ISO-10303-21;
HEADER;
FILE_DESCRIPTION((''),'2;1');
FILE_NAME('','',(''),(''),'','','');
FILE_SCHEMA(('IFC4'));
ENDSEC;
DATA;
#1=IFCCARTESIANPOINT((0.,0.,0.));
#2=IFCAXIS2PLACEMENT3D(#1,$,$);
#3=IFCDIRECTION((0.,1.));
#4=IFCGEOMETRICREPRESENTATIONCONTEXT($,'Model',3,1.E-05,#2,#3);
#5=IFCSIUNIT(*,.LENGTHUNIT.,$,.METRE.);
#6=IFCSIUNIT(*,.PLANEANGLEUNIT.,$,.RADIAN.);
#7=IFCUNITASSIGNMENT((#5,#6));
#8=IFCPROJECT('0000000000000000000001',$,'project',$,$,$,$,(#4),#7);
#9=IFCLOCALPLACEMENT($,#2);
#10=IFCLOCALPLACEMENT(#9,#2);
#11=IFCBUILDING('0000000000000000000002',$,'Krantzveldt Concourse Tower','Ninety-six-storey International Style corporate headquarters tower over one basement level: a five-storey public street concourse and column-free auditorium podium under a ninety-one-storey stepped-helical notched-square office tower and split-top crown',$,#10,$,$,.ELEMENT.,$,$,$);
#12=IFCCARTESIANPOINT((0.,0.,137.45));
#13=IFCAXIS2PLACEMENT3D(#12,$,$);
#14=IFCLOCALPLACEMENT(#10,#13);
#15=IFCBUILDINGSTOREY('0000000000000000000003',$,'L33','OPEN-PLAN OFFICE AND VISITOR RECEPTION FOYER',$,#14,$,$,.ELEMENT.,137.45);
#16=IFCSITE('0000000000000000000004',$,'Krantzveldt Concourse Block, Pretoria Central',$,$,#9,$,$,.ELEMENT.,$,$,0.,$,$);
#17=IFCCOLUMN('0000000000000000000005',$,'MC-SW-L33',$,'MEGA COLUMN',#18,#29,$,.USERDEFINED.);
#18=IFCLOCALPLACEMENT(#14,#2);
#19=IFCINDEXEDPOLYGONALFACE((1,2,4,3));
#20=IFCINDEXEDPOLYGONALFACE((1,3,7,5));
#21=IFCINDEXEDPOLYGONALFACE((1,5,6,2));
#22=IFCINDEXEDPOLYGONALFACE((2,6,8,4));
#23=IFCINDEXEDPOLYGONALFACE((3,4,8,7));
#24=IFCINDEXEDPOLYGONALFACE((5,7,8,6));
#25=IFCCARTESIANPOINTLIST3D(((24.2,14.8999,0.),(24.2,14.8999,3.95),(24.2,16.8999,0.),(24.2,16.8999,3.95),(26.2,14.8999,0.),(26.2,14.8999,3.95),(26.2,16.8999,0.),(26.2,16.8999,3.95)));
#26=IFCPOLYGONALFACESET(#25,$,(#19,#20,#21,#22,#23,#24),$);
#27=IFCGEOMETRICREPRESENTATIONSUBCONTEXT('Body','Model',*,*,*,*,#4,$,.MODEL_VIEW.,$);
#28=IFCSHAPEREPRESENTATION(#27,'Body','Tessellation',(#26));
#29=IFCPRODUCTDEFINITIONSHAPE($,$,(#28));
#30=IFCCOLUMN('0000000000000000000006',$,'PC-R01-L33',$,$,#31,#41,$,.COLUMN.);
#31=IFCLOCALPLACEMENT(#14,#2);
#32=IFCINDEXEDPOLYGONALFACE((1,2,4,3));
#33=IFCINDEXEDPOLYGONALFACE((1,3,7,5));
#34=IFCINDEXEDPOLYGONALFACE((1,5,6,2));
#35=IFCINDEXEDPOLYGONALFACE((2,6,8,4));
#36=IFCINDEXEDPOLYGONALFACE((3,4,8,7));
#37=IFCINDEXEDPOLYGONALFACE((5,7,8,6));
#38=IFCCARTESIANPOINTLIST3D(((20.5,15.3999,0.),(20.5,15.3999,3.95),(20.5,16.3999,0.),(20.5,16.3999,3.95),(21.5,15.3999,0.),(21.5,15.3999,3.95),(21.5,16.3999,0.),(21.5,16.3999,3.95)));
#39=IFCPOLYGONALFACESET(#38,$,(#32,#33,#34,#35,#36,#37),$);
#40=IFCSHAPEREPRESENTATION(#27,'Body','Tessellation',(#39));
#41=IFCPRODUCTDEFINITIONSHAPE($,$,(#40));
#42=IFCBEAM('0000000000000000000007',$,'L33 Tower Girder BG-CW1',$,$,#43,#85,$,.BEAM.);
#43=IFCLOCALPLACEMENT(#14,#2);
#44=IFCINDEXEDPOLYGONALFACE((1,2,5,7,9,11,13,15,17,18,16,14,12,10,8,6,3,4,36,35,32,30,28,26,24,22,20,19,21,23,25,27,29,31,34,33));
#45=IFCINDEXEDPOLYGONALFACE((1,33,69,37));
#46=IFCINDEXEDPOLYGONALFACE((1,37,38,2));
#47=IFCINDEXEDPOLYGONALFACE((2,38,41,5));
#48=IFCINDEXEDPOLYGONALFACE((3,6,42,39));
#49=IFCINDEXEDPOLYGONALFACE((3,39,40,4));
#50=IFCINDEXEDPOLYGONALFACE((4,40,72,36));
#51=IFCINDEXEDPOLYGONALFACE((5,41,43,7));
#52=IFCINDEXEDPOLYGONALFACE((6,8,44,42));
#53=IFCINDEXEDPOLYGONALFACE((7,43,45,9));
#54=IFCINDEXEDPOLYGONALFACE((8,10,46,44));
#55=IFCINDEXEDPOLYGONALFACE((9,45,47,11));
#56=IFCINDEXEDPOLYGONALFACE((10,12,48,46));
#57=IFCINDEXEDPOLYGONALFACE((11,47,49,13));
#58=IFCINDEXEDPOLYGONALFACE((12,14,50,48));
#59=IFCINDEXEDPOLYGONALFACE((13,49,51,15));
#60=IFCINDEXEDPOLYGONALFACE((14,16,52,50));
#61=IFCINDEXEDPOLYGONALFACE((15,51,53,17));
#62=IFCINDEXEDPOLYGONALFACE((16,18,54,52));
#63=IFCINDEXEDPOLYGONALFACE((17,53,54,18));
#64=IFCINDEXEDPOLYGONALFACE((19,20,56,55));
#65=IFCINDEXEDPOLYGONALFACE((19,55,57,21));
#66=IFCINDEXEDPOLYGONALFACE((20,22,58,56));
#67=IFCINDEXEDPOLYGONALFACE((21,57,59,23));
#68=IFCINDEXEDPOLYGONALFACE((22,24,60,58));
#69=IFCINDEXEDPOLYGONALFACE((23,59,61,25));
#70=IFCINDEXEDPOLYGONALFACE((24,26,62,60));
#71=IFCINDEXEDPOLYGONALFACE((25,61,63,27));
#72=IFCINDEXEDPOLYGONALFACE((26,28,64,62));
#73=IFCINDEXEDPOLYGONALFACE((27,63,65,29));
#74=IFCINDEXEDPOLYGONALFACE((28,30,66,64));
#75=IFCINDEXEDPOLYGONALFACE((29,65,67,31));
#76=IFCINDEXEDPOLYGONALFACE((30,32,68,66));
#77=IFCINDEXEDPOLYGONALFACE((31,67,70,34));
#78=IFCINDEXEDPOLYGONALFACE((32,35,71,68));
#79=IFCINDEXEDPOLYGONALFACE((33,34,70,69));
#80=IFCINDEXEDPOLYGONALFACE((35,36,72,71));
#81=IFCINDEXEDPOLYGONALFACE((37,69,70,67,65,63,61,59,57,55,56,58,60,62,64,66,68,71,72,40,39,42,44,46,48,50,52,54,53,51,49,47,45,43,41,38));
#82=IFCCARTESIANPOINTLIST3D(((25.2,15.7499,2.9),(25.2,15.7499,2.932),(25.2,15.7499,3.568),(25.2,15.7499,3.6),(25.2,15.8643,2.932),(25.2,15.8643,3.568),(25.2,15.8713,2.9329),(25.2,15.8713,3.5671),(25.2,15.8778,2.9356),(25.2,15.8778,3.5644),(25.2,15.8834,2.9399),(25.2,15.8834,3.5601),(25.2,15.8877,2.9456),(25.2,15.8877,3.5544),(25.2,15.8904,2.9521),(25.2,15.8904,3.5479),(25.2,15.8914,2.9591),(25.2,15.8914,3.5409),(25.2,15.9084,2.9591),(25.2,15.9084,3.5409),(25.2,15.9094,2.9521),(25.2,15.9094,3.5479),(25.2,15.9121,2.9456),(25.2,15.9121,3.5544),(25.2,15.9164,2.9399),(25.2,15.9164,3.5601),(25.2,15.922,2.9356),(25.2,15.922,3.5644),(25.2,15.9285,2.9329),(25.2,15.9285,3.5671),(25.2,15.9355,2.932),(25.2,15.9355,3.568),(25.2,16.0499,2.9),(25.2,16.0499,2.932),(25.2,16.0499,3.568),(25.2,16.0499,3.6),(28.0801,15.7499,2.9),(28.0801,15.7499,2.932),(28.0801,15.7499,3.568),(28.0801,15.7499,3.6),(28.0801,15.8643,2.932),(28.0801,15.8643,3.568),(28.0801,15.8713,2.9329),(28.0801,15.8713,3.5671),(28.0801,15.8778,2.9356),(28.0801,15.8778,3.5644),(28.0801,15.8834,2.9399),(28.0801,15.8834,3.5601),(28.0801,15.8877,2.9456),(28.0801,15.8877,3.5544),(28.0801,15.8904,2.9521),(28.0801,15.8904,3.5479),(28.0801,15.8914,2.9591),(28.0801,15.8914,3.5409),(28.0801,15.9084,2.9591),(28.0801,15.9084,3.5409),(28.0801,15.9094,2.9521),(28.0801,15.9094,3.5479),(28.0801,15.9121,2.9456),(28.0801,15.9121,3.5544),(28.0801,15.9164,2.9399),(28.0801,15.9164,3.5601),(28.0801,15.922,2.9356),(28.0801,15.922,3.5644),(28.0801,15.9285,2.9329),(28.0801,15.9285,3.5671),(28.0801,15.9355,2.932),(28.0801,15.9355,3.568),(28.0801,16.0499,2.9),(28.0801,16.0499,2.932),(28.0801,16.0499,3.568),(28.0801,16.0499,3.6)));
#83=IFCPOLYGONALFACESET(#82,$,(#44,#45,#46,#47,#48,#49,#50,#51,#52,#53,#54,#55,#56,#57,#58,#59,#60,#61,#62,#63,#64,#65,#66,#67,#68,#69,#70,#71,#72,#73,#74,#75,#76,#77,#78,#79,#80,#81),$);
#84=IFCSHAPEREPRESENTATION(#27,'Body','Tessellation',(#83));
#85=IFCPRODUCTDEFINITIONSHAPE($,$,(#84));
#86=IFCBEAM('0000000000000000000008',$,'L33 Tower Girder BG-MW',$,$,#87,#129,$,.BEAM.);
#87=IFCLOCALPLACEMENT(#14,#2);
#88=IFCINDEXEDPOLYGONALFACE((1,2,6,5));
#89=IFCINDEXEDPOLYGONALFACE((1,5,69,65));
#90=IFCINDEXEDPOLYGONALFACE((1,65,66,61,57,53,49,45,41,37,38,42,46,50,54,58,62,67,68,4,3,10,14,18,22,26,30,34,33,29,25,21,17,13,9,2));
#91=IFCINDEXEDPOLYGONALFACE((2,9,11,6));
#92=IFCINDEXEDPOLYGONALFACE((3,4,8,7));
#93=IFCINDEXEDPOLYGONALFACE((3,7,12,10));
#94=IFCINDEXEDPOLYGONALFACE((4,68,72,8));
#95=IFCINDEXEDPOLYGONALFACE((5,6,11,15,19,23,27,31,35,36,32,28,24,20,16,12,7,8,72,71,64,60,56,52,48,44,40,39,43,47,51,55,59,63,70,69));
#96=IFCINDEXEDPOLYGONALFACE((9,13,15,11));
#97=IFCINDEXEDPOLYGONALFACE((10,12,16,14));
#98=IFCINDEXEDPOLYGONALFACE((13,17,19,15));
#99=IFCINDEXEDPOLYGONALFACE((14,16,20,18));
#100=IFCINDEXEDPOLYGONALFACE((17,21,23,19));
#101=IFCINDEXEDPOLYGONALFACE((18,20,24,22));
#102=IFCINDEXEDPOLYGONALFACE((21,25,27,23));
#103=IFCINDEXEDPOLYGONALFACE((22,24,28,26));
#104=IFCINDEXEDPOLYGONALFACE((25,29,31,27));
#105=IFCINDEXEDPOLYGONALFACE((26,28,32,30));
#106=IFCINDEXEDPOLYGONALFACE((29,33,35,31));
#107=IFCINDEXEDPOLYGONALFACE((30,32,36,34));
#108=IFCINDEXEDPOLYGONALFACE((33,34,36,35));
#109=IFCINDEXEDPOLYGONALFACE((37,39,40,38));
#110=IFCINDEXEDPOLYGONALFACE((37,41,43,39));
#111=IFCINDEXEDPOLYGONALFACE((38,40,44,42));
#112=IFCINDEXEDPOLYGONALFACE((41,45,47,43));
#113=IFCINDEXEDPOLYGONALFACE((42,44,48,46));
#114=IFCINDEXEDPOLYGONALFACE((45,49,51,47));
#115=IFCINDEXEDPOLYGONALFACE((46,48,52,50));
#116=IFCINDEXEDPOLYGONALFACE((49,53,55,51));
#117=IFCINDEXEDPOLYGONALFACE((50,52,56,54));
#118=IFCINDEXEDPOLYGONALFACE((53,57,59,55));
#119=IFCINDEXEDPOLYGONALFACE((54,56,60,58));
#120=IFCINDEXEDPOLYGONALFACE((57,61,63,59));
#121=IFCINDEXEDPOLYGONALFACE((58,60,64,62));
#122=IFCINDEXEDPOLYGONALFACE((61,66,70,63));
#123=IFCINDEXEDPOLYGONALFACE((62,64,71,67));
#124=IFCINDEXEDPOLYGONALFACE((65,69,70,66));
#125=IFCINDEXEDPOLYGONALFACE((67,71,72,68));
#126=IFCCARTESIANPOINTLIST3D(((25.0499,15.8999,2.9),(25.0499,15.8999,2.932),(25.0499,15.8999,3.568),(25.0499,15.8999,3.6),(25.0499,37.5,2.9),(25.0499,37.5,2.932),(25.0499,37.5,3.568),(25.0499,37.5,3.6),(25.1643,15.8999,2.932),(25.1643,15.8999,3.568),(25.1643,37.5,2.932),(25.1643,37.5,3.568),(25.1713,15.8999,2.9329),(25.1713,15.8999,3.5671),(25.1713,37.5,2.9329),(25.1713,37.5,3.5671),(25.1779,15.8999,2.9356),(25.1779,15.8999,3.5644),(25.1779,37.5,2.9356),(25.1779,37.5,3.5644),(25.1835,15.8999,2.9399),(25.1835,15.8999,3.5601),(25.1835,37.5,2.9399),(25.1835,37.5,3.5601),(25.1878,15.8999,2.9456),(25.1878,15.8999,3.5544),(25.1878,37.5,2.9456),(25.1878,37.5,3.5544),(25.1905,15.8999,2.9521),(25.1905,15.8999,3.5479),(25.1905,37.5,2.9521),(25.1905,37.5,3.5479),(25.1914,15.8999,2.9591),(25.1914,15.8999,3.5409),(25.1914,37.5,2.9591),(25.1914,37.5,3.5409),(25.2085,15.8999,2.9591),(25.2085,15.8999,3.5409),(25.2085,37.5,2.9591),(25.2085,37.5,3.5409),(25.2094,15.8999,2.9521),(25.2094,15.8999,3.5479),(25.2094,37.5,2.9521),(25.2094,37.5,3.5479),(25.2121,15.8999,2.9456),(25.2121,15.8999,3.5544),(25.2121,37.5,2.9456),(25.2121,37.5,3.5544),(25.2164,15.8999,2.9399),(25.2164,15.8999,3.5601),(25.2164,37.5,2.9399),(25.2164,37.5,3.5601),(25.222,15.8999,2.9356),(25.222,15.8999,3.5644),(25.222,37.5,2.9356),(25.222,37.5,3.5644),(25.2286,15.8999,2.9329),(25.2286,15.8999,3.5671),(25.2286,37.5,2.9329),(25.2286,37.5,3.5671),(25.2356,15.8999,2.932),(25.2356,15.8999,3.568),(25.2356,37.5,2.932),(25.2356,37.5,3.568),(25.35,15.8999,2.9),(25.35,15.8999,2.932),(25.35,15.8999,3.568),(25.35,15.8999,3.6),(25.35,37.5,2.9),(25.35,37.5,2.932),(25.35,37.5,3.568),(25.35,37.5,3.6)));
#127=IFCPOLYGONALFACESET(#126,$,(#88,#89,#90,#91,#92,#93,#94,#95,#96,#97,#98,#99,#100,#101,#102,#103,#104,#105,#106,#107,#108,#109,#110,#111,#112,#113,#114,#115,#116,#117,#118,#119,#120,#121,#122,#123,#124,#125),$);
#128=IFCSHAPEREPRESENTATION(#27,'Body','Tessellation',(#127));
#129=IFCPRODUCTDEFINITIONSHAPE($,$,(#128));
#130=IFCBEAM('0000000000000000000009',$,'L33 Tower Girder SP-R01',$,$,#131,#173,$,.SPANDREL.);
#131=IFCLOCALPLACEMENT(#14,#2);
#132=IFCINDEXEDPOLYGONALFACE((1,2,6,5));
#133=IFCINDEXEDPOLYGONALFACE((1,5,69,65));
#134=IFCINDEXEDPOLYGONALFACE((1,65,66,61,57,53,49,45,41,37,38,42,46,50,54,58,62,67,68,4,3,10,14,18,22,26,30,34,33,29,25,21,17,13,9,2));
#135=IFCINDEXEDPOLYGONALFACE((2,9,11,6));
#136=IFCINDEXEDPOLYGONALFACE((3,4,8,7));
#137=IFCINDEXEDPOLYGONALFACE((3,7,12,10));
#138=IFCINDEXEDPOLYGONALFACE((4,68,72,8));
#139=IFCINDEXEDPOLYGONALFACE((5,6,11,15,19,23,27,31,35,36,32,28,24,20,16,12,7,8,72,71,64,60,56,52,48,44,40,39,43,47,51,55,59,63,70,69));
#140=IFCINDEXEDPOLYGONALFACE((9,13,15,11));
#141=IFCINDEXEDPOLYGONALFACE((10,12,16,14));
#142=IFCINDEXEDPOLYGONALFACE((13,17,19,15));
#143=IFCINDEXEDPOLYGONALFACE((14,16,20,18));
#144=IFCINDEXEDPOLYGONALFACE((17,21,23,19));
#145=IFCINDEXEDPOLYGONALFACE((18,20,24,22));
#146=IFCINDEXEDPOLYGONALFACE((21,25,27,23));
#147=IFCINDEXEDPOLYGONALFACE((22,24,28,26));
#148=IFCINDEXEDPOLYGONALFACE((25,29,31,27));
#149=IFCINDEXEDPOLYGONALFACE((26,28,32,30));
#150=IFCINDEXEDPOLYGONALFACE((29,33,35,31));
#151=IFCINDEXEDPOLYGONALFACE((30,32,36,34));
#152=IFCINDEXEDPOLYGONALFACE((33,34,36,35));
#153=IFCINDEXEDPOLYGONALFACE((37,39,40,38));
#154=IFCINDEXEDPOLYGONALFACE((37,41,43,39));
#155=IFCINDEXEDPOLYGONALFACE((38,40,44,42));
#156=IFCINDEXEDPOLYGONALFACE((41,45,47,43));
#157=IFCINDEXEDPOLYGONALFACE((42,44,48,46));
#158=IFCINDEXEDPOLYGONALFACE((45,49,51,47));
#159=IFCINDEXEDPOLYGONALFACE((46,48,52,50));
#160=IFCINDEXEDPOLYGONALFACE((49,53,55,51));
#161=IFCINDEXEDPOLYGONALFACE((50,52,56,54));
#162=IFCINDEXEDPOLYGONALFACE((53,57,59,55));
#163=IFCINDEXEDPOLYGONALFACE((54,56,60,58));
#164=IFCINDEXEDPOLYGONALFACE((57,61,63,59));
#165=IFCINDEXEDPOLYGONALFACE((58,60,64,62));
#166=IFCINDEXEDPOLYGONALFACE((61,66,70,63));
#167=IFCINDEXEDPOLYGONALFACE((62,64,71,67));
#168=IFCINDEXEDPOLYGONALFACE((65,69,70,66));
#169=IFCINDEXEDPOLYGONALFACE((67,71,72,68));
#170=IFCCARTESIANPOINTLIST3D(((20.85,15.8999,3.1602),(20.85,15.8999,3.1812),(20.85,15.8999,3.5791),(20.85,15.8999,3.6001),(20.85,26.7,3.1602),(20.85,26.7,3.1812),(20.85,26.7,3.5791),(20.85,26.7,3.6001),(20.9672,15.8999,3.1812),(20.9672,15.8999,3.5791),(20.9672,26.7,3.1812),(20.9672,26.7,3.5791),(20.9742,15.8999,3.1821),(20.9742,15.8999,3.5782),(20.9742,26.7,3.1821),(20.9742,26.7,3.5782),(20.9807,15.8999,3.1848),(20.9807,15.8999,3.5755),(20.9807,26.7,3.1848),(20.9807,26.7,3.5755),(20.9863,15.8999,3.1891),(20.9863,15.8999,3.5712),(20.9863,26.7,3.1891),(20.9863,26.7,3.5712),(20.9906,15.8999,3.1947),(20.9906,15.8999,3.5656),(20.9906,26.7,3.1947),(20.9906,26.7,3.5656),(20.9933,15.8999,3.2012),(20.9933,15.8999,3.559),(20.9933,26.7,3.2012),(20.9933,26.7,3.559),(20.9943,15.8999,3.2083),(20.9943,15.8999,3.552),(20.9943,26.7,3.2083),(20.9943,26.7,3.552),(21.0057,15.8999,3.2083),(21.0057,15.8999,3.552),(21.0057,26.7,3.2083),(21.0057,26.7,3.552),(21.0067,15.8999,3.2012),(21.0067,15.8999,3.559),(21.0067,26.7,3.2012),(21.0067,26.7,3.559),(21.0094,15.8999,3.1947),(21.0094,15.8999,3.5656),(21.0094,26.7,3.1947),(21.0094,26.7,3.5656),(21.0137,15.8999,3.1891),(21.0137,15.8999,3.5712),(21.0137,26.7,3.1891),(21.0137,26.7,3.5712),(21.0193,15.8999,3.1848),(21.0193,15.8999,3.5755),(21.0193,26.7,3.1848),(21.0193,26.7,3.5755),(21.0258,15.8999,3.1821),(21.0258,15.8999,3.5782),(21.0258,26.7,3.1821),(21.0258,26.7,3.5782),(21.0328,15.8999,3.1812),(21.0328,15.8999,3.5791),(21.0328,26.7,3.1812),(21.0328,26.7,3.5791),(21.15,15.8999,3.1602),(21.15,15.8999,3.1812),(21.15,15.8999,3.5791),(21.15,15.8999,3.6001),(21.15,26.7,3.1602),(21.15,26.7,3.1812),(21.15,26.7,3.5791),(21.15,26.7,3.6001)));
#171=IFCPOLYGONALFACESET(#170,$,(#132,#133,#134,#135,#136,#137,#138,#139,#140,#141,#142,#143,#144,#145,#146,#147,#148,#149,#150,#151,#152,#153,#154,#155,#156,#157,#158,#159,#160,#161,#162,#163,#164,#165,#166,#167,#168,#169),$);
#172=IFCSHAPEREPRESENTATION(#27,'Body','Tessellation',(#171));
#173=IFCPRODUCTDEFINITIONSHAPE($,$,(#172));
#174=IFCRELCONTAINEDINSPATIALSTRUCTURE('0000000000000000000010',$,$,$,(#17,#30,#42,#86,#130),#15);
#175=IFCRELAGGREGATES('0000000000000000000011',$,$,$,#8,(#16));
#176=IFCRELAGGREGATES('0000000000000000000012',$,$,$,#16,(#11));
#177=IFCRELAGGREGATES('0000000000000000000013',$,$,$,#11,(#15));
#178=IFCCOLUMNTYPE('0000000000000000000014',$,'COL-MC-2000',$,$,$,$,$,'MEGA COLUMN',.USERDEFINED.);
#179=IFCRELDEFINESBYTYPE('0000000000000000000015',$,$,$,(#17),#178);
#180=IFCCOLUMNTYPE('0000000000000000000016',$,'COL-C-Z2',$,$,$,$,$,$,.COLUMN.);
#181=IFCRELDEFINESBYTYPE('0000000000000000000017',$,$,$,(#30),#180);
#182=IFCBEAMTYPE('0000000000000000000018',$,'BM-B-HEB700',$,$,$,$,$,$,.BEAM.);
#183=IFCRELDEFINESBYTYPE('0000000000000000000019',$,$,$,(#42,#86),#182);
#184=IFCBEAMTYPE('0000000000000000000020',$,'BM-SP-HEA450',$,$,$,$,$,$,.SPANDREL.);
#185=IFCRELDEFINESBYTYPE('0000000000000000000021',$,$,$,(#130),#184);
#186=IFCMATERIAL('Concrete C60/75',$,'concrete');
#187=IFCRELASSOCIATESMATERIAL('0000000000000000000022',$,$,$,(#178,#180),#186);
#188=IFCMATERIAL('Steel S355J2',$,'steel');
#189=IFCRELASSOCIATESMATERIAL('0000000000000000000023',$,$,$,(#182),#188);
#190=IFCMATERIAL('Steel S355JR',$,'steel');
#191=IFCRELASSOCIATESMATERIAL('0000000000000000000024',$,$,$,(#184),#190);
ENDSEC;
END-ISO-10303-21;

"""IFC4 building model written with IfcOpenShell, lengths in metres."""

from ifc_helpers import new_model, si_unit, direction, frame, origin, origin_2d, place, context, subcontext, project, spatial, rectangle, i_section, extrude, source, transform, mapped, material, material_profile, profile_set, type_object, type_shapes, element, save


model = new_model("IFC4")

# Units and contexts
model_context = context("Model", 3, precision=1e-05, world=origin(), true_north=direction((0.0, 1.0)))
body_context = subcontext(model_context, "Body", "Model", "MODEL_VIEW")
ifc_project = project(units=[si_unit("LENGTHUNIT", "METRE"), si_unit("PLANEANGLEUNIT", "RADIAN")], contexts=[model_context])

# Site, building, storey
site_placement = place(None, origin())
site = spatial("IfcSite", under=ifc_project, at=site_placement, Name="Krantzveldt Concourse Block, Pretoria Central", CompositionType="ELEMENT", RefElevation=0.0)
building_placement = place(site_placement, origin())
building = spatial("IfcBuilding", under=site, at=building_placement, Name="Krantzveldt Concourse Tower", Description="Ninety-six-storey International Style corporate headquarters tower over one basement level: a five-storey public street concourse and column-free auditorium podium under a ninety-one-storey stepped-helical notched-square office tower and split-top crown", CompositionType="ELEMENT")
storey_placement = place(building_placement, frame((0.0, 0.0, 137.45)))
storey = spatial("IfcBuildingStorey", under=building, at=storey_placement, Name="L33", Description="OPEN-PLAN OFFICE AND VISITOR RECEPTION FOYER", CompositionType="ELEMENT", Elevation=137.45)

# Columns
ifc_material_1 = material(Name="Concrete C60/75", Category="concrete")
ifc_material_profile_1 = material_profile(ifc_material_1, rectangle(XDim=2.0, YDim=2.0, at=origin_2d()), Name="Concrete C60/75", Category="concrete")
ifc_profile_set_1 = profile_set([ifc_material_profile_1], Name="Concrete C60/75 - RC 2000x2000")
column_type_1 = type_object("IfcColumnType", Name="COL-MC-2000", ElementType="MEGA COLUMN", PredefinedType="USERDEFINED", material=ifc_profile_set_1)
shared_shape_1 = source(origin(), body_context, "Body", "SweptSolid", [
    extrude(rectangle(XDim=2.0, YDim=2.0, at=origin_2d()), origin(), (0.0, 0.0, 1.0), 3.95),
])
type_shapes(column_type_1, [shared_shape_1])
column_1_placement = place(storey_placement, frame((25.2, 15.8999, 0.0), z_axis=(0.0, 0.0, 1.0), x_axis=(1.0, 0.0, 0.0)))
element("IfcColumn", 1, at=column_1_placement, inside=storey, type_object=column_type_1, Name="MC-SW-L33", ObjectType="MEGA COLUMN", PredefinedType="USERDEFINED", context=body_context, shape_type="MappedRepresentation", body=[
    mapped(shared_shape_1, transform((0.0, 0.0, 0.0), x_axis=(1.0, 0.0, 0.0), y_axis=(0.0, 1.0, 0.0), z_axis=(0.0, 0.0, 1.0), scale=1.0)),
])
ifc_material_profile_2 = material_profile(ifc_material_1, rectangle(XDim=1.0, YDim=1.0, at=origin_2d()), Name="Concrete C60/75", Category="concrete")
ifc_profile_set_2 = profile_set([ifc_material_profile_2], Name="Concrete C60/75 - RC 1000x1000")
column_type_2 = type_object("IfcColumnType", Name="COL-C-Z2", PredefinedType="COLUMN", material=ifc_profile_set_2)
shared_shape_2 = source(origin(), body_context, "Body", "SweptSolid", [
    extrude(rectangle(XDim=1.0, YDim=1.0, at=origin_2d()), origin(), (0.0, 0.0, 1.0), 3.95),
])
type_shapes(column_type_2, [shared_shape_2])
column_2_placement = place(storey_placement, frame((21.0, 15.8999, 0.0), z_axis=(0.0, 0.0, 1.0), x_axis=(1.0, 0.0, 0.0)))
element("IfcColumn", 2, at=column_2_placement, inside=storey, type_object=column_type_2, Name="PC-R01-L33", PredefinedType="COLUMN", context=body_context, shape_type="MappedRepresentation", body=[
    mapped(shared_shape_2, transform((0.0, 0.0, 0.0), x_axis=(1.0, 0.0, 0.0), y_axis=(0.0, 1.0, 0.0), z_axis=(0.0, 0.0, 1.0), scale=1.0)),
])

# Beams
ifc_material_2 = material(Name="Steel S355J2", Category="steel")
ifc_material_profile_3 = material_profile(ifc_material_2, i_section(OverallWidth=0.3, OverallDepth=0.7, WebThickness=0.0171, FlangeThickness=0.032, FilletRadius=0.0271, at=origin_2d()), Name="Steel S355J2", Category="steel")
ifc_profile_set_3 = profile_set([ifc_material_profile_3], Name="Steel S355J2 - HEB 700")
beam_type_1 = type_object("IfcBeamType", Name="BM-B-HEB700", PredefinedType="BEAM", material=ifc_profile_set_3)
shared_shape_3 = source(origin(), body_context, "Body", "SweptSolid", [
    extrude(i_section(OverallWidth=0.3, OverallDepth=0.7, WebThickness=0.0171, FlangeThickness=0.032, FilletRadius=0.0271, at=origin_2d()), origin(), (0.0, 0.0, 1.0), 2.8801),
])
beam_1_placement = place(storey_placement, frame((25.2, 15.8999, 3.25), z_axis=(1.0, 0.0, 0.0), x_axis=(0.0, 1.0, 0.0)))
element("IfcBeam", 3, at=beam_1_placement, inside=storey, type_object=beam_type_1, Name="L33 Tower Girder BG-CW1", PredefinedType="BEAM", context=body_context, shape_type="MappedRepresentation", body=[
    mapped(shared_shape_3, transform((0.0, 0.0, 0.0), x_axis=(1.0, 0.0, 0.0), y_axis=(0.0, 1.0, 0.0), z_axis=(0.0, 0.0, 1.0), scale=1.0)),
])
shared_shape_4 = source(origin(), body_context, "Body", "SweptSolid", [
    extrude(i_section(OverallWidth=0.3, OverallDepth=0.7, WebThickness=0.0171, FlangeThickness=0.032, FilletRadius=0.0271, at=origin_2d()), origin(), (0.0, 0.0, 1.0), 21.6001),
])
type_shapes(beam_type_1, [shared_shape_3, shared_shape_4])
beam_2_placement = place(storey_placement, frame((25.2, 15.8999, 3.25), z_axis=(0.0, 1.0, 0.0), x_axis=(-1.0, 0.0, 0.0)))
element("IfcBeam", 4, at=beam_2_placement, inside=storey, type_object=beam_type_1, Name="L33 Tower Girder BG-MW", PredefinedType="BEAM", context=body_context, shape_type="MappedRepresentation", body=[
    mapped(shared_shape_4, transform((0.0, 0.0, 0.0), x_axis=(1.0, 0.0, 0.0), y_axis=(0.0, 1.0, 0.0), z_axis=(0.0, 0.0, 1.0), scale=1.0)),
])
ifc_material_3 = material(Name="Steel S355JR", Category="steel")
ifc_material_profile_4 = material_profile(ifc_material_3, i_section(OverallWidth=0.3, OverallDepth=0.4399, WebThickness=0.0115, FlangeThickness=0.021, FilletRadius=0.0271, at=origin_2d()), Name="Steel S355JR", Category="steel")
ifc_profile_set_4 = profile_set([ifc_material_profile_4], Name="Steel S355JR - HEA 450")
beam_type_2 = type_object("IfcBeamType", Name="BM-SP-HEA450", PredefinedType="SPANDREL", material=ifc_profile_set_4)
shared_shape_5 = source(origin(), body_context, "Body", "SweptSolid", [
    extrude(i_section(OverallWidth=0.3, OverallDepth=0.4399, WebThickness=0.0115, FlangeThickness=0.021, FilletRadius=0.0271, at=origin_2d()), origin(), (0.0, 0.0, 1.0), 10.8),
])
type_shapes(beam_type_2, [shared_shape_5])
beam_3_placement = place(storey_placement, frame((21.0, 15.8999, 3.3801), z_axis=(0.0, 1.0, 0.0), x_axis=(-1.0, 0.0, 0.0)))
element("IfcBeam", 5, at=beam_3_placement, inside=storey, type_object=beam_type_2, Name="L33 Tower Girder SP-R01", PredefinedType="SPANDREL", context=body_context, shape_type="MappedRepresentation", body=[
    mapped(shared_shape_5, transform((0.0, 0.0, 0.0), x_axis=(1.0, 0.0, 0.0), y_axis=(0.0, 1.0, 0.0), z_axis=(0.0, 0.0, 1.0), scale=1.0)),
])

save(model, "model.ifc")
